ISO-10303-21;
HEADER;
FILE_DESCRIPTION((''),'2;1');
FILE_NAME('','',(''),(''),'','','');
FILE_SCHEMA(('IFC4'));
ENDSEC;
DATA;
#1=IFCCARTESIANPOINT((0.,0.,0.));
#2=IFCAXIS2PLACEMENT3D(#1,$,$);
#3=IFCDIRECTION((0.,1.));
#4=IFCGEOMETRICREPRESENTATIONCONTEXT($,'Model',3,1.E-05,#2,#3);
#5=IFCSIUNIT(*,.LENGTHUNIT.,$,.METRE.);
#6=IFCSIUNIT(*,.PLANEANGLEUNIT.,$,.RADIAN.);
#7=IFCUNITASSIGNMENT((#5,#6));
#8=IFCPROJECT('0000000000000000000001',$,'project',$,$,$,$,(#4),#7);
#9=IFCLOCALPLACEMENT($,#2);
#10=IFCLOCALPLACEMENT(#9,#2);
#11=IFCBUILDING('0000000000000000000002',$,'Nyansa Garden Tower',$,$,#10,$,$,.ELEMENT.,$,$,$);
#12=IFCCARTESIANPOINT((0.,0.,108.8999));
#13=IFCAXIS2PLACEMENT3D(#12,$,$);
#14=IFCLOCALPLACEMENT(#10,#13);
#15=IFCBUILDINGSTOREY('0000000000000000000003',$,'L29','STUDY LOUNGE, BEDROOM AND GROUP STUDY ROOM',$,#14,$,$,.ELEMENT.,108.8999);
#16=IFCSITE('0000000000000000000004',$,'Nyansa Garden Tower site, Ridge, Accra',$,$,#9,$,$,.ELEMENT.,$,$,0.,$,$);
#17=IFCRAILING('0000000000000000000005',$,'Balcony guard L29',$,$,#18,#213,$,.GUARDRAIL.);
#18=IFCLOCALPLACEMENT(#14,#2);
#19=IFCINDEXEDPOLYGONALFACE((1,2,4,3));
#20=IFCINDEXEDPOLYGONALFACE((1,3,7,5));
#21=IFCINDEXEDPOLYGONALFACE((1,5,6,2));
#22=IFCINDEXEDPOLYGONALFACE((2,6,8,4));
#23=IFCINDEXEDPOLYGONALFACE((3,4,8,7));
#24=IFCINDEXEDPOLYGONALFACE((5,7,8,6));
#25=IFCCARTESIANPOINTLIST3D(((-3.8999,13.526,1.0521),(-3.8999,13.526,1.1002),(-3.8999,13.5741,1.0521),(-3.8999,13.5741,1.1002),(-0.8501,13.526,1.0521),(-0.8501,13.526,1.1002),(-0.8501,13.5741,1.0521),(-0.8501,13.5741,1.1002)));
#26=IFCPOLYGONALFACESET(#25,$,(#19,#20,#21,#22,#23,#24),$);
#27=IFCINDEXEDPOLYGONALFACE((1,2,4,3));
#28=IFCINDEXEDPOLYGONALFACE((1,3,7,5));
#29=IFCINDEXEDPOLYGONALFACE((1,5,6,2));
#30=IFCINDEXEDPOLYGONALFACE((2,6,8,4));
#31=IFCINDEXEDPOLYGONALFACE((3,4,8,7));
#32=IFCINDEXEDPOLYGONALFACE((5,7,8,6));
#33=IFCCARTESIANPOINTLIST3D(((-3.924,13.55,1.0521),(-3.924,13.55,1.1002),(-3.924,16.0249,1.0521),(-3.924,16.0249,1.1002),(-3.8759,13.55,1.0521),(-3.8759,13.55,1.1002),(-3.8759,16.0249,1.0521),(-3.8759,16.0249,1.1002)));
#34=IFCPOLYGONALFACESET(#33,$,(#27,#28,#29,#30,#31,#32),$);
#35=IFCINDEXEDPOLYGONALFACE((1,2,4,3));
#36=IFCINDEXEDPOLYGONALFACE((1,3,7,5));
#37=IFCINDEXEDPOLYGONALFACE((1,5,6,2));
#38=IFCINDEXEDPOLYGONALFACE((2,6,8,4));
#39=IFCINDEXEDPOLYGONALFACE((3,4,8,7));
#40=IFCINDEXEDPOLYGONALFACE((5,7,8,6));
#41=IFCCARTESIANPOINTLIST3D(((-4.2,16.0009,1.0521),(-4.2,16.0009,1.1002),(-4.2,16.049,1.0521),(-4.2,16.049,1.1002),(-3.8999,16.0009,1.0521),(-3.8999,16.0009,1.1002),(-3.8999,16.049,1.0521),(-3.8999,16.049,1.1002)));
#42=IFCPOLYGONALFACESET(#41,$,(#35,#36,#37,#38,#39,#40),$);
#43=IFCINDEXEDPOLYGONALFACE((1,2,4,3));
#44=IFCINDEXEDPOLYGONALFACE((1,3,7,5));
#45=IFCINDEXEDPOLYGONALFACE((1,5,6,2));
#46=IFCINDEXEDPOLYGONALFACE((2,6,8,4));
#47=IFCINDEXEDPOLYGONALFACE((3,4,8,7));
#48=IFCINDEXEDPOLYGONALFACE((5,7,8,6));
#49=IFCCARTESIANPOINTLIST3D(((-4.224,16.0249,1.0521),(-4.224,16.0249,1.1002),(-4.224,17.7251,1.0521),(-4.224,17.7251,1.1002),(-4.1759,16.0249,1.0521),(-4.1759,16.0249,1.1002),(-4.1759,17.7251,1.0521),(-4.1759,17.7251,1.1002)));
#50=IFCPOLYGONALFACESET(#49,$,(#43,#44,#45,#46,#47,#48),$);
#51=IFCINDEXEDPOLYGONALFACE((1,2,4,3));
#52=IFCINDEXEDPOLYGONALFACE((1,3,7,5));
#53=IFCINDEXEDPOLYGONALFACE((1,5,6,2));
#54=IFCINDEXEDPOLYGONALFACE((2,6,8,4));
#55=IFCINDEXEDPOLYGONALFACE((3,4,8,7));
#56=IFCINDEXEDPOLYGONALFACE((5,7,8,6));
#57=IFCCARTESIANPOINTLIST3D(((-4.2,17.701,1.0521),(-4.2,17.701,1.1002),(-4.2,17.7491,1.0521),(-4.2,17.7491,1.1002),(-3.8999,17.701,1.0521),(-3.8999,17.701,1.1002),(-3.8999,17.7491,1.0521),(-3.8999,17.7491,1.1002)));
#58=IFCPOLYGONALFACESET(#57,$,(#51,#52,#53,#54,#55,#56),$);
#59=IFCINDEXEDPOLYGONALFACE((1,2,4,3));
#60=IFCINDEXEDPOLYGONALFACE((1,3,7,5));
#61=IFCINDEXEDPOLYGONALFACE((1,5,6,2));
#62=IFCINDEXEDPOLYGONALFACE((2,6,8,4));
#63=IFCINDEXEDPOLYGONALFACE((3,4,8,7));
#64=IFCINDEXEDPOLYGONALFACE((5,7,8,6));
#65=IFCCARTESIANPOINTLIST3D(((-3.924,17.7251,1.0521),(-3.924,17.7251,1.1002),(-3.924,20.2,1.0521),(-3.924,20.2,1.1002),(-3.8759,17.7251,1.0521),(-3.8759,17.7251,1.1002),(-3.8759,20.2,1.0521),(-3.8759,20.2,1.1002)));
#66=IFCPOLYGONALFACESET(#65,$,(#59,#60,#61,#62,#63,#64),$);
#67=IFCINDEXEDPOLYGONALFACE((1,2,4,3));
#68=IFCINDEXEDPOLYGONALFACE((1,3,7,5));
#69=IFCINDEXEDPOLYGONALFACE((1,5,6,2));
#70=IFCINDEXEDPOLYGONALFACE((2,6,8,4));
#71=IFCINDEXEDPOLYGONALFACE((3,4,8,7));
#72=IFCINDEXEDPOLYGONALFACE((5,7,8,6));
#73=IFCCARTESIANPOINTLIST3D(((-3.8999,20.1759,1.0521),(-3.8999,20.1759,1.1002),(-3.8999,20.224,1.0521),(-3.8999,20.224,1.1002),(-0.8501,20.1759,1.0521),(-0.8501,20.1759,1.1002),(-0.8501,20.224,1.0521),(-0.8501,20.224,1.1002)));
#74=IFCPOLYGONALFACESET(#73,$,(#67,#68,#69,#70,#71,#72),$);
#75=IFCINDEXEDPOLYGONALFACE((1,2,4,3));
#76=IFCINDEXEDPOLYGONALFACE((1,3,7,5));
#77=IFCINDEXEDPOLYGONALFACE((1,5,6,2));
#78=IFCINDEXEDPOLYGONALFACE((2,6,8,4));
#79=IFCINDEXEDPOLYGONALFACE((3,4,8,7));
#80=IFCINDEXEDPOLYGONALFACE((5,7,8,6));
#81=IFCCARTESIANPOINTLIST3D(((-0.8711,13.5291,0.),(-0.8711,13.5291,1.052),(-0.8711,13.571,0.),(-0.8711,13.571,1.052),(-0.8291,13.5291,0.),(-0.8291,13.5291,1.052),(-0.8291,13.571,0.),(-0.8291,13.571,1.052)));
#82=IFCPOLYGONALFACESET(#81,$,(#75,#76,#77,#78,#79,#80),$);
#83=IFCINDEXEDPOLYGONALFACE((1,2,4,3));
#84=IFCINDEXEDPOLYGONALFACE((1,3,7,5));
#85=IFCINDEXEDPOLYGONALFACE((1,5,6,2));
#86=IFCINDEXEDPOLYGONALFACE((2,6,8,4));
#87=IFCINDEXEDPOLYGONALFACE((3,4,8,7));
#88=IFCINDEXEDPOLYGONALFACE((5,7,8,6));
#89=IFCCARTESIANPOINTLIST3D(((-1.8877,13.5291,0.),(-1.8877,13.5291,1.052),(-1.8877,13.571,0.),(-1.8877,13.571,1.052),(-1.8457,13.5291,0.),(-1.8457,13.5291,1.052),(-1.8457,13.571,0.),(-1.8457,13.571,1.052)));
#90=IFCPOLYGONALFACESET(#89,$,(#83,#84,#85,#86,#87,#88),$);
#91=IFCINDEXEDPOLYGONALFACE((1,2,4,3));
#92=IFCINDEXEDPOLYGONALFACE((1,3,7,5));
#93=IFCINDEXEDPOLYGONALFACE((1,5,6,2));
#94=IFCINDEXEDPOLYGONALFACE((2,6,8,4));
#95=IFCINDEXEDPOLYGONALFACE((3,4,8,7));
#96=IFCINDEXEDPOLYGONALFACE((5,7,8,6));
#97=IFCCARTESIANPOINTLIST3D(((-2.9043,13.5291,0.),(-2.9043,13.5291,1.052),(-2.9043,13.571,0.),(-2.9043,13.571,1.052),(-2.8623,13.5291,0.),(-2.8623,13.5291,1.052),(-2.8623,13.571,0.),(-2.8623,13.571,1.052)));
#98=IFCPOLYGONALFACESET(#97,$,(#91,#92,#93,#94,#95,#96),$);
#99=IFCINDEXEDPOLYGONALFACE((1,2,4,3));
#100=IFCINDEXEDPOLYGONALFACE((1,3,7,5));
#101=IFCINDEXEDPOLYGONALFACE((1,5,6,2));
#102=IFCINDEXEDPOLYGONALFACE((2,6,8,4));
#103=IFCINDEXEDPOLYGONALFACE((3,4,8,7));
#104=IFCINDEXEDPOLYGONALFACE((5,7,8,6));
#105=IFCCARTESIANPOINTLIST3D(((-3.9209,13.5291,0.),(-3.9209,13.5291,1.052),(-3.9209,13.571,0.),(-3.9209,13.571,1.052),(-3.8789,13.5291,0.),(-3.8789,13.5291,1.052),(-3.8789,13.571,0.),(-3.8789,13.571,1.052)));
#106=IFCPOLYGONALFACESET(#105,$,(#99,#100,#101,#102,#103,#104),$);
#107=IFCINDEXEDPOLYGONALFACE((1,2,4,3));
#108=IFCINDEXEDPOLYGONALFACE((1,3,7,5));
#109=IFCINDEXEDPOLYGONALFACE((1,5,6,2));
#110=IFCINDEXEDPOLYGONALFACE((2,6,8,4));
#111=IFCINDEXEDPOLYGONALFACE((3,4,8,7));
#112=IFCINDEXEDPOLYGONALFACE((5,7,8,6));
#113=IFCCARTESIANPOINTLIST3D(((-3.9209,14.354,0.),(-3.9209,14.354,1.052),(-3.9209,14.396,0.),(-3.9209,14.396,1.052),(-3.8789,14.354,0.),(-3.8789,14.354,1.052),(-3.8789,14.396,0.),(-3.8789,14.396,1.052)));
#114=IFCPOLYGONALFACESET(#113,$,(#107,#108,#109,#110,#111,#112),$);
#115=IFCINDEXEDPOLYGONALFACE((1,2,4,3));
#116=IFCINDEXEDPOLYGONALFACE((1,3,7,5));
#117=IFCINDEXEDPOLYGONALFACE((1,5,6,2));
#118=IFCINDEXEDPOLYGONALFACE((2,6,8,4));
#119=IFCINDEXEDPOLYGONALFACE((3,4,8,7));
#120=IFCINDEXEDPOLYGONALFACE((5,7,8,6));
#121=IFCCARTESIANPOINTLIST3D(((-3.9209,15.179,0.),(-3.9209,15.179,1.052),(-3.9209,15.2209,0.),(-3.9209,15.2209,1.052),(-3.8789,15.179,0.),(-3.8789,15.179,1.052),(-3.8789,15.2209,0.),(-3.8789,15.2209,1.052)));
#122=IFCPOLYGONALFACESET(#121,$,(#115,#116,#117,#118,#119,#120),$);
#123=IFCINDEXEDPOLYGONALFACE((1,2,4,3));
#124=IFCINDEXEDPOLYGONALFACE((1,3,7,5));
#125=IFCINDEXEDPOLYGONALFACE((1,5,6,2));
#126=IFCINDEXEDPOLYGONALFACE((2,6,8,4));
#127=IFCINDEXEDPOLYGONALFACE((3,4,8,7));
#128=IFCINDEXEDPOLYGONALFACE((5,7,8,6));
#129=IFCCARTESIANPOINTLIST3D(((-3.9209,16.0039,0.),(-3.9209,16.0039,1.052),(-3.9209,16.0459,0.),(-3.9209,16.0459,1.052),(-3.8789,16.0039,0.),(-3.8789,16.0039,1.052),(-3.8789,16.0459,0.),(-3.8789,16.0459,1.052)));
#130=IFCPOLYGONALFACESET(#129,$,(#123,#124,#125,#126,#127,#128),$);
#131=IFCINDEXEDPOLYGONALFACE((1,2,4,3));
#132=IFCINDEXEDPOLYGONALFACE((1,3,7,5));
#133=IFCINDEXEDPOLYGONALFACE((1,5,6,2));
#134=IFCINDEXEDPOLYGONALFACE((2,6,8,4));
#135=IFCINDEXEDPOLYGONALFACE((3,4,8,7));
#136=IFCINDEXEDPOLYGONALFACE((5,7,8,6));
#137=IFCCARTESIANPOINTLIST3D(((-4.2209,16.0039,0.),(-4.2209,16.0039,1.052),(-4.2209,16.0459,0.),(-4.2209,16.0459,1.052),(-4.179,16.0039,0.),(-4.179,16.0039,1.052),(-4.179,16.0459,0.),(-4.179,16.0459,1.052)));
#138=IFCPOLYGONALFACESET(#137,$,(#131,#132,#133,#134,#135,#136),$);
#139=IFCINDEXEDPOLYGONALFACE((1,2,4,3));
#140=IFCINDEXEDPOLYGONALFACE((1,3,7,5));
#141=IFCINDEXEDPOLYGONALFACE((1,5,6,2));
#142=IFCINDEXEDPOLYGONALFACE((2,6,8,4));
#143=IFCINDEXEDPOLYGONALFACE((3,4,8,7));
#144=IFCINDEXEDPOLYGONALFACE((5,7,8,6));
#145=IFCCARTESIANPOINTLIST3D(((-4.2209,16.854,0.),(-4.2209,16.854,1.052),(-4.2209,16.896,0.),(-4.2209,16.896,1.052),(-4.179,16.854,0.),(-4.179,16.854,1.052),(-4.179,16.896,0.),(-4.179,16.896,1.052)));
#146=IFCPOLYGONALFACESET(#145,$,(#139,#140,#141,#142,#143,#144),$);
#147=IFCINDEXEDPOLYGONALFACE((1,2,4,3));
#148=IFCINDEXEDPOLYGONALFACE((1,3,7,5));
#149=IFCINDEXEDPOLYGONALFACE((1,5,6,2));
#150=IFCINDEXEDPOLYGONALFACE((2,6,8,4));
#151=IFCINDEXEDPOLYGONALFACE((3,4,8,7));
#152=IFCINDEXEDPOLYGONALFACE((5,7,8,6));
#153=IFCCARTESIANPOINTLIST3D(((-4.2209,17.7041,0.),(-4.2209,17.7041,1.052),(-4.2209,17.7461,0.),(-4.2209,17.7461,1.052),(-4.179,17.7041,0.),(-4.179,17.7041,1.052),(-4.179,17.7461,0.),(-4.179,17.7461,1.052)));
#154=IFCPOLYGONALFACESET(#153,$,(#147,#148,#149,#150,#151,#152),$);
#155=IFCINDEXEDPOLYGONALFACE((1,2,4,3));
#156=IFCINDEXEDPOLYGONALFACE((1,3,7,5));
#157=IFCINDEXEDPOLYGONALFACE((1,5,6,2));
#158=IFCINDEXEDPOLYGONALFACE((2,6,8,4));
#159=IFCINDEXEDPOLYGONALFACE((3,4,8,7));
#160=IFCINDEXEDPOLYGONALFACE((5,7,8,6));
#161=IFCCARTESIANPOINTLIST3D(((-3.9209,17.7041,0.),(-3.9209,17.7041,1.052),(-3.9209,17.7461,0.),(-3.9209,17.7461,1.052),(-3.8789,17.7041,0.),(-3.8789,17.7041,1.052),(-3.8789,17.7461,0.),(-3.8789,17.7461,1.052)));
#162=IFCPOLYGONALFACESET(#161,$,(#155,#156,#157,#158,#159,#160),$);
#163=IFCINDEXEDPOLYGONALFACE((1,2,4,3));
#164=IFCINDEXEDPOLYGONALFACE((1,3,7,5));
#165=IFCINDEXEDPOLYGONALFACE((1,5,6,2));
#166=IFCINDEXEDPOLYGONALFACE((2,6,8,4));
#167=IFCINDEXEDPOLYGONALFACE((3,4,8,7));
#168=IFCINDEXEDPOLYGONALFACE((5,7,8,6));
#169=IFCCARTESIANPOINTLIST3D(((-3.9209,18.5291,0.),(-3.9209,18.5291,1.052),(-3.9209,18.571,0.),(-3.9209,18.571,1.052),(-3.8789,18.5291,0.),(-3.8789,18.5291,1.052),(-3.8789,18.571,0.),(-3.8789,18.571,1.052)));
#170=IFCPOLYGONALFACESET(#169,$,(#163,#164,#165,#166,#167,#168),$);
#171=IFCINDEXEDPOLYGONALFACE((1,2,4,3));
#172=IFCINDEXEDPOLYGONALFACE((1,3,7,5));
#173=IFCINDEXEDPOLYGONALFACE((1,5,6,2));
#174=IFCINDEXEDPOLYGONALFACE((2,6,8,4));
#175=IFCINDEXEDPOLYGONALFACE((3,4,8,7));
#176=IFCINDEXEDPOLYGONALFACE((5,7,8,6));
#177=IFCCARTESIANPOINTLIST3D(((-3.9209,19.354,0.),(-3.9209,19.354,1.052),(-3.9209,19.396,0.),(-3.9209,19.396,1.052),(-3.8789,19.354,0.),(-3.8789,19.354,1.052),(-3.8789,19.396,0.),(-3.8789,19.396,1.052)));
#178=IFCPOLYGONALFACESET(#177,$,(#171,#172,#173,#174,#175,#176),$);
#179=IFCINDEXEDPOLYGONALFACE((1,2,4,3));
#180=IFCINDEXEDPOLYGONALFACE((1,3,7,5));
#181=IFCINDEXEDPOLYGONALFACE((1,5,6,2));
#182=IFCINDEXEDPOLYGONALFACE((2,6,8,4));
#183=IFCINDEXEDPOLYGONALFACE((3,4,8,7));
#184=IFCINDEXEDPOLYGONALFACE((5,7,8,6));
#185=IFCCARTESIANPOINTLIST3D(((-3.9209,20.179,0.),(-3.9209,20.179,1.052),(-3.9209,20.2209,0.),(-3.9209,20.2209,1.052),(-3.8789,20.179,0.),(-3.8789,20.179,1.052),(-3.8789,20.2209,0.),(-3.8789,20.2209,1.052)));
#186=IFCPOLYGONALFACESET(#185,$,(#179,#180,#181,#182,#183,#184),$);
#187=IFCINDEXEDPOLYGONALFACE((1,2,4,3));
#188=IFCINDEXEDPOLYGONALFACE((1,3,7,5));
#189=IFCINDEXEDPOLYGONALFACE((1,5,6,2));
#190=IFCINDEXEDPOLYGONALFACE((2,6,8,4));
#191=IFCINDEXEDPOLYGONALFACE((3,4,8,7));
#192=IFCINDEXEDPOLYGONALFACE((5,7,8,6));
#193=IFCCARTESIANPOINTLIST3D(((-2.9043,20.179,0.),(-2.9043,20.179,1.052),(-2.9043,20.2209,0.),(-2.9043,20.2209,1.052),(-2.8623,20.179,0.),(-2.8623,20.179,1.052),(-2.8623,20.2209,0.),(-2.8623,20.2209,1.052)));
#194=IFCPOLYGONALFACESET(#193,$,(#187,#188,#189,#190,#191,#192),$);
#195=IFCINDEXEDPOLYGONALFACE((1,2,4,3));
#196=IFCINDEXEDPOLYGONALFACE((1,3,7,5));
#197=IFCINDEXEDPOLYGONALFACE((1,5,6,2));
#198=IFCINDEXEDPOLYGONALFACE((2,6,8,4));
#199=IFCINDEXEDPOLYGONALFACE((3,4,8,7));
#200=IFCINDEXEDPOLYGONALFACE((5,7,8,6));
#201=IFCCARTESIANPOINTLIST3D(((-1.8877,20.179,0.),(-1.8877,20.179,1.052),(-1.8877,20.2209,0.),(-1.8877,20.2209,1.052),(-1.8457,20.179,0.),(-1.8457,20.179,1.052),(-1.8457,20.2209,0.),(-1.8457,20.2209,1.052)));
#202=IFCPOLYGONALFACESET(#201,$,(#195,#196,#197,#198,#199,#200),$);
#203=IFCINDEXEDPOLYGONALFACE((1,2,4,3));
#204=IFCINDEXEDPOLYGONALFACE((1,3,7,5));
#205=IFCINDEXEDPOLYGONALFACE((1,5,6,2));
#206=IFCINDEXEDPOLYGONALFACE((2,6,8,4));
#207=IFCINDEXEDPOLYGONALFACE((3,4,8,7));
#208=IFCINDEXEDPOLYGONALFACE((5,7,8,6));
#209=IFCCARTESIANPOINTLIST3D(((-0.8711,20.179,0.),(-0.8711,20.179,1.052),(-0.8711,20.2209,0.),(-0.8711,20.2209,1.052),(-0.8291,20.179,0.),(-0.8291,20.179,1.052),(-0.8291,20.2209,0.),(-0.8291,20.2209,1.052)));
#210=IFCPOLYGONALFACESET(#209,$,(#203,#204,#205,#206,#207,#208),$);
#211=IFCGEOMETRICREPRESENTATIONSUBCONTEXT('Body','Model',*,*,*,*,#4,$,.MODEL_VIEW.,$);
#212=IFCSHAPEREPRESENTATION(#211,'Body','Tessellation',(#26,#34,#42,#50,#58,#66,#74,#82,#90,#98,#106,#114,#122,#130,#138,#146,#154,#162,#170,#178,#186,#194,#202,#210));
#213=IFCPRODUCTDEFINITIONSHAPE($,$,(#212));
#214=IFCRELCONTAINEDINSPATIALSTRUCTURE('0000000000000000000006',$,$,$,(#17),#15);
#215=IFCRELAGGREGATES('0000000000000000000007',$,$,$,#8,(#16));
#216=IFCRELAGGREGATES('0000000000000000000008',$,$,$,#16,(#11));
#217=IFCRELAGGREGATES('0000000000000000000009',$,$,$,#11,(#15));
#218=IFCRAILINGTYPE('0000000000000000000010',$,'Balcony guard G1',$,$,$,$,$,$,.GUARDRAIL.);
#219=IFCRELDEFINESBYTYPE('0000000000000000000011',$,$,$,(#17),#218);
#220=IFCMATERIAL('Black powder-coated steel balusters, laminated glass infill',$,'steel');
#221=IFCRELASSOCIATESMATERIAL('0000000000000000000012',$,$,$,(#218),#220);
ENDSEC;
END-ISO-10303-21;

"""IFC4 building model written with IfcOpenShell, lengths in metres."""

from ifc_helpers import new_model, si_unit, direction, frame, origin, origin_2d, place, context, subcontext, project, spatial, rectangle, extrude, material, type_object, element, save


model = new_model("IFC4")

# Units and contexts
model_context = context("Model", 3, precision=1e-05, world=origin(), true_north=direction((0.0, 1.0)))
body_context = subcontext(model_context, "Body", "Model", "MODEL_VIEW")
ifc_project = project(units=[si_unit("LENGTHUNIT", "METRE"), si_unit("PLANEANGLEUNIT", "RADIAN")], contexts=[model_context])

# Site, building, storey
site_placement = place(None, origin())
site = spatial("IfcSite", under=ifc_project, at=site_placement, Name="Nyansa Garden Tower site, Ridge, Accra", CompositionType="ELEMENT", RefElevation=0.0)
building_placement = place(site_placement, origin())
building = spatial("IfcBuilding", under=site, at=building_placement, Name="Nyansa Garden Tower", CompositionType="ELEMENT")
storey_placement = place(building_placement, frame((0.0, 0.0, 108.8999)))
storey = spatial("IfcBuildingStorey", under=building, at=storey_placement, Name="L29", Description="STUDY LOUNGE, BEDROOM AND GROUP STUDY ROOM", CompositionType="ELEMENT", Elevation=108.8999)

# Railing
ifc_material_1 = material(Name="Black powder-coated steel balusters, laminated glass infill", Category="steel")
railing_type = type_object("IfcRailingType", Name="Balcony guard G1", PredefinedType="GUARDRAIL", material=ifc_material_1)
railing_placement = place(storey_placement, frame((-0.8501, 13.55, 0.0)))
element("IfcRailing", 1, at=railing_placement, inside=storey, type_object=railing_type, Name="Balcony guard L29", PredefinedType="GUARDRAIL", context=body_context, shape_type="SweptSolid", body=[
    extrude(rectangle(XDim=0.0481, YDim=0.0481, at=origin_2d()), frame((0.0, 0.0, 1.0762), z_axis=(-1.0, 0.0, 0.0), x_axis=(0.0, -1.0, 0.0)), (0.0, 0.0, 1.0), 3.0498),
    extrude(rectangle(XDim=0.0481, YDim=0.0481, at=origin_2d()), frame((-3.0498, 0.0, 1.0762), z_axis=(0.0, 1.0, 0.0), x_axis=(-1.0, 0.0, 0.0)), (0.0, 0.0, 1.0), 2.4749),
    extrude(rectangle(XDim=0.0481, YDim=0.0481, at=origin_2d()), frame((-3.0498, 2.4749, 1.0762), z_axis=(-1.0, 0.0, 0.0), x_axis=(0.0, -1.0, 0.0)), (0.0, 0.0, 1.0), 0.3),
    extrude(rectangle(XDim=0.0481, YDim=0.0481, at=origin_2d()), frame((-3.3499, 2.4749, 1.0762), z_axis=(0.0, 1.0, 0.0), x_axis=(-1.0, 0.0, 0.0)), (0.0, 0.0, 1.0), 1.7002),
    extrude(rectangle(XDim=0.0481, YDim=0.0481, at=origin_2d()), frame((-3.3499, 4.175, 1.0762), z_axis=(1.0, 0.0, 0.0), x_axis=(0.0, 1.0, 0.0)), (0.0, 0.0, 1.0), 0.3),
    extrude(rectangle(XDim=0.0481, YDim=0.0481, at=origin_2d()), frame((-3.0498, 4.175, 1.0762), z_axis=(0.0, 1.0, 0.0), x_axis=(-1.0, 0.0, 0.0)), (0.0, 0.0, 1.0), 2.4749),
    extrude(rectangle(XDim=0.0481, YDim=0.0481, at=origin_2d()), frame((-3.0498, 6.6499, 1.0762), z_axis=(1.0, 0.0, 0.0), x_axis=(0.0, 1.0, 0.0)), (0.0, 0.0, 1.0), 3.0498),
    extrude(rectangle(XDim=0.042, YDim=0.042, at=origin_2d()), origin(), (0.0, 0.0, 1.0), 1.052),
    extrude(rectangle(XDim=0.042, YDim=0.042, at=origin_2d()), frame((-1.0166, 0.0, 0.0)), (0.0, 0.0, 1.0), 1.052),
    extrude(rectangle(XDim=0.042, YDim=0.042, at=origin_2d()), frame((-2.0332, 0.0, 0.0)), (0.0, 0.0, 1.0), 1.052),
    extrude(rectangle(XDim=0.042, YDim=0.042, at=origin_2d()), frame((-3.0498, 0.0, 0.0)), (0.0, 0.0, 1.0), 1.052),
    extrude(rectangle(XDim=0.042, YDim=0.042, at=origin_2d()), frame((-3.0498, 0.825, 0.0)), (0.0, 0.0, 1.0), 1.052),
    extrude(rectangle(XDim=0.042, YDim=0.042, at=origin_2d()), frame((-3.0498, 1.6499, 0.0)), (0.0, 0.0, 1.0), 1.052),
    extrude(rectangle(XDim=0.042, YDim=0.042, at=origin_2d()), frame((-3.0498, 2.4749, 0.0)), (0.0, 0.0, 1.0), 1.052),
    extrude(rectangle(XDim=0.042, YDim=0.042, at=origin_2d()), frame((-3.3499, 2.4749, 0.0)), (0.0, 0.0, 1.0), 1.052),
    extrude(rectangle(XDim=0.042, YDim=0.042, at=origin_2d()), frame((-3.3499, 3.325, 0.0)), (0.0, 0.0, 1.0), 1.052),
    extrude(rectangle(XDim=0.042, YDim=0.042, at=origin_2d()), frame((-3.3499, 4.175, 0.0)), (0.0, 0.0, 1.0), 1.052),
    extrude(rectangle(XDim=0.042, YDim=0.042, at=origin_2d()), frame((-3.0498, 4.175, 0.0)), (0.0, 0.0, 1.0), 1.052),
    extrude(rectangle(XDim=0.042, YDim=0.042, at=origin_2d()), frame((-3.0498, 5.0, 0.0)), (0.0, 0.0, 1.0), 1.052),
    extrude(rectangle(XDim=0.042, YDim=0.042, at=origin_2d()), frame((-3.0498, 5.825, 0.0)), (0.0, 0.0, 1.0), 1.052),
    extrude(rectangle(XDim=0.042, YDim=0.042, at=origin_2d()), frame((-3.0498, 6.6499, 0.0)), (0.0, 0.0, 1.0), 1.052),
    extrude(rectangle(XDim=0.042, YDim=0.042, at=origin_2d()), frame((-2.0332, 6.6499, 0.0)), (0.0, 0.0, 1.0), 1.052),
    extrude(rectangle(XDim=0.042, YDim=0.042, at=origin_2d()), frame((-1.0166, 6.6499, 0.0)), (0.0, 0.0, 1.0), 1.052),
    extrude(rectangle(XDim=0.042, YDim=0.042, at=origin_2d()), frame((0.0, 6.6499, 0.0)), (0.0, 0.0, 1.0), 1.052),
])

save(model, "model.ifc")
